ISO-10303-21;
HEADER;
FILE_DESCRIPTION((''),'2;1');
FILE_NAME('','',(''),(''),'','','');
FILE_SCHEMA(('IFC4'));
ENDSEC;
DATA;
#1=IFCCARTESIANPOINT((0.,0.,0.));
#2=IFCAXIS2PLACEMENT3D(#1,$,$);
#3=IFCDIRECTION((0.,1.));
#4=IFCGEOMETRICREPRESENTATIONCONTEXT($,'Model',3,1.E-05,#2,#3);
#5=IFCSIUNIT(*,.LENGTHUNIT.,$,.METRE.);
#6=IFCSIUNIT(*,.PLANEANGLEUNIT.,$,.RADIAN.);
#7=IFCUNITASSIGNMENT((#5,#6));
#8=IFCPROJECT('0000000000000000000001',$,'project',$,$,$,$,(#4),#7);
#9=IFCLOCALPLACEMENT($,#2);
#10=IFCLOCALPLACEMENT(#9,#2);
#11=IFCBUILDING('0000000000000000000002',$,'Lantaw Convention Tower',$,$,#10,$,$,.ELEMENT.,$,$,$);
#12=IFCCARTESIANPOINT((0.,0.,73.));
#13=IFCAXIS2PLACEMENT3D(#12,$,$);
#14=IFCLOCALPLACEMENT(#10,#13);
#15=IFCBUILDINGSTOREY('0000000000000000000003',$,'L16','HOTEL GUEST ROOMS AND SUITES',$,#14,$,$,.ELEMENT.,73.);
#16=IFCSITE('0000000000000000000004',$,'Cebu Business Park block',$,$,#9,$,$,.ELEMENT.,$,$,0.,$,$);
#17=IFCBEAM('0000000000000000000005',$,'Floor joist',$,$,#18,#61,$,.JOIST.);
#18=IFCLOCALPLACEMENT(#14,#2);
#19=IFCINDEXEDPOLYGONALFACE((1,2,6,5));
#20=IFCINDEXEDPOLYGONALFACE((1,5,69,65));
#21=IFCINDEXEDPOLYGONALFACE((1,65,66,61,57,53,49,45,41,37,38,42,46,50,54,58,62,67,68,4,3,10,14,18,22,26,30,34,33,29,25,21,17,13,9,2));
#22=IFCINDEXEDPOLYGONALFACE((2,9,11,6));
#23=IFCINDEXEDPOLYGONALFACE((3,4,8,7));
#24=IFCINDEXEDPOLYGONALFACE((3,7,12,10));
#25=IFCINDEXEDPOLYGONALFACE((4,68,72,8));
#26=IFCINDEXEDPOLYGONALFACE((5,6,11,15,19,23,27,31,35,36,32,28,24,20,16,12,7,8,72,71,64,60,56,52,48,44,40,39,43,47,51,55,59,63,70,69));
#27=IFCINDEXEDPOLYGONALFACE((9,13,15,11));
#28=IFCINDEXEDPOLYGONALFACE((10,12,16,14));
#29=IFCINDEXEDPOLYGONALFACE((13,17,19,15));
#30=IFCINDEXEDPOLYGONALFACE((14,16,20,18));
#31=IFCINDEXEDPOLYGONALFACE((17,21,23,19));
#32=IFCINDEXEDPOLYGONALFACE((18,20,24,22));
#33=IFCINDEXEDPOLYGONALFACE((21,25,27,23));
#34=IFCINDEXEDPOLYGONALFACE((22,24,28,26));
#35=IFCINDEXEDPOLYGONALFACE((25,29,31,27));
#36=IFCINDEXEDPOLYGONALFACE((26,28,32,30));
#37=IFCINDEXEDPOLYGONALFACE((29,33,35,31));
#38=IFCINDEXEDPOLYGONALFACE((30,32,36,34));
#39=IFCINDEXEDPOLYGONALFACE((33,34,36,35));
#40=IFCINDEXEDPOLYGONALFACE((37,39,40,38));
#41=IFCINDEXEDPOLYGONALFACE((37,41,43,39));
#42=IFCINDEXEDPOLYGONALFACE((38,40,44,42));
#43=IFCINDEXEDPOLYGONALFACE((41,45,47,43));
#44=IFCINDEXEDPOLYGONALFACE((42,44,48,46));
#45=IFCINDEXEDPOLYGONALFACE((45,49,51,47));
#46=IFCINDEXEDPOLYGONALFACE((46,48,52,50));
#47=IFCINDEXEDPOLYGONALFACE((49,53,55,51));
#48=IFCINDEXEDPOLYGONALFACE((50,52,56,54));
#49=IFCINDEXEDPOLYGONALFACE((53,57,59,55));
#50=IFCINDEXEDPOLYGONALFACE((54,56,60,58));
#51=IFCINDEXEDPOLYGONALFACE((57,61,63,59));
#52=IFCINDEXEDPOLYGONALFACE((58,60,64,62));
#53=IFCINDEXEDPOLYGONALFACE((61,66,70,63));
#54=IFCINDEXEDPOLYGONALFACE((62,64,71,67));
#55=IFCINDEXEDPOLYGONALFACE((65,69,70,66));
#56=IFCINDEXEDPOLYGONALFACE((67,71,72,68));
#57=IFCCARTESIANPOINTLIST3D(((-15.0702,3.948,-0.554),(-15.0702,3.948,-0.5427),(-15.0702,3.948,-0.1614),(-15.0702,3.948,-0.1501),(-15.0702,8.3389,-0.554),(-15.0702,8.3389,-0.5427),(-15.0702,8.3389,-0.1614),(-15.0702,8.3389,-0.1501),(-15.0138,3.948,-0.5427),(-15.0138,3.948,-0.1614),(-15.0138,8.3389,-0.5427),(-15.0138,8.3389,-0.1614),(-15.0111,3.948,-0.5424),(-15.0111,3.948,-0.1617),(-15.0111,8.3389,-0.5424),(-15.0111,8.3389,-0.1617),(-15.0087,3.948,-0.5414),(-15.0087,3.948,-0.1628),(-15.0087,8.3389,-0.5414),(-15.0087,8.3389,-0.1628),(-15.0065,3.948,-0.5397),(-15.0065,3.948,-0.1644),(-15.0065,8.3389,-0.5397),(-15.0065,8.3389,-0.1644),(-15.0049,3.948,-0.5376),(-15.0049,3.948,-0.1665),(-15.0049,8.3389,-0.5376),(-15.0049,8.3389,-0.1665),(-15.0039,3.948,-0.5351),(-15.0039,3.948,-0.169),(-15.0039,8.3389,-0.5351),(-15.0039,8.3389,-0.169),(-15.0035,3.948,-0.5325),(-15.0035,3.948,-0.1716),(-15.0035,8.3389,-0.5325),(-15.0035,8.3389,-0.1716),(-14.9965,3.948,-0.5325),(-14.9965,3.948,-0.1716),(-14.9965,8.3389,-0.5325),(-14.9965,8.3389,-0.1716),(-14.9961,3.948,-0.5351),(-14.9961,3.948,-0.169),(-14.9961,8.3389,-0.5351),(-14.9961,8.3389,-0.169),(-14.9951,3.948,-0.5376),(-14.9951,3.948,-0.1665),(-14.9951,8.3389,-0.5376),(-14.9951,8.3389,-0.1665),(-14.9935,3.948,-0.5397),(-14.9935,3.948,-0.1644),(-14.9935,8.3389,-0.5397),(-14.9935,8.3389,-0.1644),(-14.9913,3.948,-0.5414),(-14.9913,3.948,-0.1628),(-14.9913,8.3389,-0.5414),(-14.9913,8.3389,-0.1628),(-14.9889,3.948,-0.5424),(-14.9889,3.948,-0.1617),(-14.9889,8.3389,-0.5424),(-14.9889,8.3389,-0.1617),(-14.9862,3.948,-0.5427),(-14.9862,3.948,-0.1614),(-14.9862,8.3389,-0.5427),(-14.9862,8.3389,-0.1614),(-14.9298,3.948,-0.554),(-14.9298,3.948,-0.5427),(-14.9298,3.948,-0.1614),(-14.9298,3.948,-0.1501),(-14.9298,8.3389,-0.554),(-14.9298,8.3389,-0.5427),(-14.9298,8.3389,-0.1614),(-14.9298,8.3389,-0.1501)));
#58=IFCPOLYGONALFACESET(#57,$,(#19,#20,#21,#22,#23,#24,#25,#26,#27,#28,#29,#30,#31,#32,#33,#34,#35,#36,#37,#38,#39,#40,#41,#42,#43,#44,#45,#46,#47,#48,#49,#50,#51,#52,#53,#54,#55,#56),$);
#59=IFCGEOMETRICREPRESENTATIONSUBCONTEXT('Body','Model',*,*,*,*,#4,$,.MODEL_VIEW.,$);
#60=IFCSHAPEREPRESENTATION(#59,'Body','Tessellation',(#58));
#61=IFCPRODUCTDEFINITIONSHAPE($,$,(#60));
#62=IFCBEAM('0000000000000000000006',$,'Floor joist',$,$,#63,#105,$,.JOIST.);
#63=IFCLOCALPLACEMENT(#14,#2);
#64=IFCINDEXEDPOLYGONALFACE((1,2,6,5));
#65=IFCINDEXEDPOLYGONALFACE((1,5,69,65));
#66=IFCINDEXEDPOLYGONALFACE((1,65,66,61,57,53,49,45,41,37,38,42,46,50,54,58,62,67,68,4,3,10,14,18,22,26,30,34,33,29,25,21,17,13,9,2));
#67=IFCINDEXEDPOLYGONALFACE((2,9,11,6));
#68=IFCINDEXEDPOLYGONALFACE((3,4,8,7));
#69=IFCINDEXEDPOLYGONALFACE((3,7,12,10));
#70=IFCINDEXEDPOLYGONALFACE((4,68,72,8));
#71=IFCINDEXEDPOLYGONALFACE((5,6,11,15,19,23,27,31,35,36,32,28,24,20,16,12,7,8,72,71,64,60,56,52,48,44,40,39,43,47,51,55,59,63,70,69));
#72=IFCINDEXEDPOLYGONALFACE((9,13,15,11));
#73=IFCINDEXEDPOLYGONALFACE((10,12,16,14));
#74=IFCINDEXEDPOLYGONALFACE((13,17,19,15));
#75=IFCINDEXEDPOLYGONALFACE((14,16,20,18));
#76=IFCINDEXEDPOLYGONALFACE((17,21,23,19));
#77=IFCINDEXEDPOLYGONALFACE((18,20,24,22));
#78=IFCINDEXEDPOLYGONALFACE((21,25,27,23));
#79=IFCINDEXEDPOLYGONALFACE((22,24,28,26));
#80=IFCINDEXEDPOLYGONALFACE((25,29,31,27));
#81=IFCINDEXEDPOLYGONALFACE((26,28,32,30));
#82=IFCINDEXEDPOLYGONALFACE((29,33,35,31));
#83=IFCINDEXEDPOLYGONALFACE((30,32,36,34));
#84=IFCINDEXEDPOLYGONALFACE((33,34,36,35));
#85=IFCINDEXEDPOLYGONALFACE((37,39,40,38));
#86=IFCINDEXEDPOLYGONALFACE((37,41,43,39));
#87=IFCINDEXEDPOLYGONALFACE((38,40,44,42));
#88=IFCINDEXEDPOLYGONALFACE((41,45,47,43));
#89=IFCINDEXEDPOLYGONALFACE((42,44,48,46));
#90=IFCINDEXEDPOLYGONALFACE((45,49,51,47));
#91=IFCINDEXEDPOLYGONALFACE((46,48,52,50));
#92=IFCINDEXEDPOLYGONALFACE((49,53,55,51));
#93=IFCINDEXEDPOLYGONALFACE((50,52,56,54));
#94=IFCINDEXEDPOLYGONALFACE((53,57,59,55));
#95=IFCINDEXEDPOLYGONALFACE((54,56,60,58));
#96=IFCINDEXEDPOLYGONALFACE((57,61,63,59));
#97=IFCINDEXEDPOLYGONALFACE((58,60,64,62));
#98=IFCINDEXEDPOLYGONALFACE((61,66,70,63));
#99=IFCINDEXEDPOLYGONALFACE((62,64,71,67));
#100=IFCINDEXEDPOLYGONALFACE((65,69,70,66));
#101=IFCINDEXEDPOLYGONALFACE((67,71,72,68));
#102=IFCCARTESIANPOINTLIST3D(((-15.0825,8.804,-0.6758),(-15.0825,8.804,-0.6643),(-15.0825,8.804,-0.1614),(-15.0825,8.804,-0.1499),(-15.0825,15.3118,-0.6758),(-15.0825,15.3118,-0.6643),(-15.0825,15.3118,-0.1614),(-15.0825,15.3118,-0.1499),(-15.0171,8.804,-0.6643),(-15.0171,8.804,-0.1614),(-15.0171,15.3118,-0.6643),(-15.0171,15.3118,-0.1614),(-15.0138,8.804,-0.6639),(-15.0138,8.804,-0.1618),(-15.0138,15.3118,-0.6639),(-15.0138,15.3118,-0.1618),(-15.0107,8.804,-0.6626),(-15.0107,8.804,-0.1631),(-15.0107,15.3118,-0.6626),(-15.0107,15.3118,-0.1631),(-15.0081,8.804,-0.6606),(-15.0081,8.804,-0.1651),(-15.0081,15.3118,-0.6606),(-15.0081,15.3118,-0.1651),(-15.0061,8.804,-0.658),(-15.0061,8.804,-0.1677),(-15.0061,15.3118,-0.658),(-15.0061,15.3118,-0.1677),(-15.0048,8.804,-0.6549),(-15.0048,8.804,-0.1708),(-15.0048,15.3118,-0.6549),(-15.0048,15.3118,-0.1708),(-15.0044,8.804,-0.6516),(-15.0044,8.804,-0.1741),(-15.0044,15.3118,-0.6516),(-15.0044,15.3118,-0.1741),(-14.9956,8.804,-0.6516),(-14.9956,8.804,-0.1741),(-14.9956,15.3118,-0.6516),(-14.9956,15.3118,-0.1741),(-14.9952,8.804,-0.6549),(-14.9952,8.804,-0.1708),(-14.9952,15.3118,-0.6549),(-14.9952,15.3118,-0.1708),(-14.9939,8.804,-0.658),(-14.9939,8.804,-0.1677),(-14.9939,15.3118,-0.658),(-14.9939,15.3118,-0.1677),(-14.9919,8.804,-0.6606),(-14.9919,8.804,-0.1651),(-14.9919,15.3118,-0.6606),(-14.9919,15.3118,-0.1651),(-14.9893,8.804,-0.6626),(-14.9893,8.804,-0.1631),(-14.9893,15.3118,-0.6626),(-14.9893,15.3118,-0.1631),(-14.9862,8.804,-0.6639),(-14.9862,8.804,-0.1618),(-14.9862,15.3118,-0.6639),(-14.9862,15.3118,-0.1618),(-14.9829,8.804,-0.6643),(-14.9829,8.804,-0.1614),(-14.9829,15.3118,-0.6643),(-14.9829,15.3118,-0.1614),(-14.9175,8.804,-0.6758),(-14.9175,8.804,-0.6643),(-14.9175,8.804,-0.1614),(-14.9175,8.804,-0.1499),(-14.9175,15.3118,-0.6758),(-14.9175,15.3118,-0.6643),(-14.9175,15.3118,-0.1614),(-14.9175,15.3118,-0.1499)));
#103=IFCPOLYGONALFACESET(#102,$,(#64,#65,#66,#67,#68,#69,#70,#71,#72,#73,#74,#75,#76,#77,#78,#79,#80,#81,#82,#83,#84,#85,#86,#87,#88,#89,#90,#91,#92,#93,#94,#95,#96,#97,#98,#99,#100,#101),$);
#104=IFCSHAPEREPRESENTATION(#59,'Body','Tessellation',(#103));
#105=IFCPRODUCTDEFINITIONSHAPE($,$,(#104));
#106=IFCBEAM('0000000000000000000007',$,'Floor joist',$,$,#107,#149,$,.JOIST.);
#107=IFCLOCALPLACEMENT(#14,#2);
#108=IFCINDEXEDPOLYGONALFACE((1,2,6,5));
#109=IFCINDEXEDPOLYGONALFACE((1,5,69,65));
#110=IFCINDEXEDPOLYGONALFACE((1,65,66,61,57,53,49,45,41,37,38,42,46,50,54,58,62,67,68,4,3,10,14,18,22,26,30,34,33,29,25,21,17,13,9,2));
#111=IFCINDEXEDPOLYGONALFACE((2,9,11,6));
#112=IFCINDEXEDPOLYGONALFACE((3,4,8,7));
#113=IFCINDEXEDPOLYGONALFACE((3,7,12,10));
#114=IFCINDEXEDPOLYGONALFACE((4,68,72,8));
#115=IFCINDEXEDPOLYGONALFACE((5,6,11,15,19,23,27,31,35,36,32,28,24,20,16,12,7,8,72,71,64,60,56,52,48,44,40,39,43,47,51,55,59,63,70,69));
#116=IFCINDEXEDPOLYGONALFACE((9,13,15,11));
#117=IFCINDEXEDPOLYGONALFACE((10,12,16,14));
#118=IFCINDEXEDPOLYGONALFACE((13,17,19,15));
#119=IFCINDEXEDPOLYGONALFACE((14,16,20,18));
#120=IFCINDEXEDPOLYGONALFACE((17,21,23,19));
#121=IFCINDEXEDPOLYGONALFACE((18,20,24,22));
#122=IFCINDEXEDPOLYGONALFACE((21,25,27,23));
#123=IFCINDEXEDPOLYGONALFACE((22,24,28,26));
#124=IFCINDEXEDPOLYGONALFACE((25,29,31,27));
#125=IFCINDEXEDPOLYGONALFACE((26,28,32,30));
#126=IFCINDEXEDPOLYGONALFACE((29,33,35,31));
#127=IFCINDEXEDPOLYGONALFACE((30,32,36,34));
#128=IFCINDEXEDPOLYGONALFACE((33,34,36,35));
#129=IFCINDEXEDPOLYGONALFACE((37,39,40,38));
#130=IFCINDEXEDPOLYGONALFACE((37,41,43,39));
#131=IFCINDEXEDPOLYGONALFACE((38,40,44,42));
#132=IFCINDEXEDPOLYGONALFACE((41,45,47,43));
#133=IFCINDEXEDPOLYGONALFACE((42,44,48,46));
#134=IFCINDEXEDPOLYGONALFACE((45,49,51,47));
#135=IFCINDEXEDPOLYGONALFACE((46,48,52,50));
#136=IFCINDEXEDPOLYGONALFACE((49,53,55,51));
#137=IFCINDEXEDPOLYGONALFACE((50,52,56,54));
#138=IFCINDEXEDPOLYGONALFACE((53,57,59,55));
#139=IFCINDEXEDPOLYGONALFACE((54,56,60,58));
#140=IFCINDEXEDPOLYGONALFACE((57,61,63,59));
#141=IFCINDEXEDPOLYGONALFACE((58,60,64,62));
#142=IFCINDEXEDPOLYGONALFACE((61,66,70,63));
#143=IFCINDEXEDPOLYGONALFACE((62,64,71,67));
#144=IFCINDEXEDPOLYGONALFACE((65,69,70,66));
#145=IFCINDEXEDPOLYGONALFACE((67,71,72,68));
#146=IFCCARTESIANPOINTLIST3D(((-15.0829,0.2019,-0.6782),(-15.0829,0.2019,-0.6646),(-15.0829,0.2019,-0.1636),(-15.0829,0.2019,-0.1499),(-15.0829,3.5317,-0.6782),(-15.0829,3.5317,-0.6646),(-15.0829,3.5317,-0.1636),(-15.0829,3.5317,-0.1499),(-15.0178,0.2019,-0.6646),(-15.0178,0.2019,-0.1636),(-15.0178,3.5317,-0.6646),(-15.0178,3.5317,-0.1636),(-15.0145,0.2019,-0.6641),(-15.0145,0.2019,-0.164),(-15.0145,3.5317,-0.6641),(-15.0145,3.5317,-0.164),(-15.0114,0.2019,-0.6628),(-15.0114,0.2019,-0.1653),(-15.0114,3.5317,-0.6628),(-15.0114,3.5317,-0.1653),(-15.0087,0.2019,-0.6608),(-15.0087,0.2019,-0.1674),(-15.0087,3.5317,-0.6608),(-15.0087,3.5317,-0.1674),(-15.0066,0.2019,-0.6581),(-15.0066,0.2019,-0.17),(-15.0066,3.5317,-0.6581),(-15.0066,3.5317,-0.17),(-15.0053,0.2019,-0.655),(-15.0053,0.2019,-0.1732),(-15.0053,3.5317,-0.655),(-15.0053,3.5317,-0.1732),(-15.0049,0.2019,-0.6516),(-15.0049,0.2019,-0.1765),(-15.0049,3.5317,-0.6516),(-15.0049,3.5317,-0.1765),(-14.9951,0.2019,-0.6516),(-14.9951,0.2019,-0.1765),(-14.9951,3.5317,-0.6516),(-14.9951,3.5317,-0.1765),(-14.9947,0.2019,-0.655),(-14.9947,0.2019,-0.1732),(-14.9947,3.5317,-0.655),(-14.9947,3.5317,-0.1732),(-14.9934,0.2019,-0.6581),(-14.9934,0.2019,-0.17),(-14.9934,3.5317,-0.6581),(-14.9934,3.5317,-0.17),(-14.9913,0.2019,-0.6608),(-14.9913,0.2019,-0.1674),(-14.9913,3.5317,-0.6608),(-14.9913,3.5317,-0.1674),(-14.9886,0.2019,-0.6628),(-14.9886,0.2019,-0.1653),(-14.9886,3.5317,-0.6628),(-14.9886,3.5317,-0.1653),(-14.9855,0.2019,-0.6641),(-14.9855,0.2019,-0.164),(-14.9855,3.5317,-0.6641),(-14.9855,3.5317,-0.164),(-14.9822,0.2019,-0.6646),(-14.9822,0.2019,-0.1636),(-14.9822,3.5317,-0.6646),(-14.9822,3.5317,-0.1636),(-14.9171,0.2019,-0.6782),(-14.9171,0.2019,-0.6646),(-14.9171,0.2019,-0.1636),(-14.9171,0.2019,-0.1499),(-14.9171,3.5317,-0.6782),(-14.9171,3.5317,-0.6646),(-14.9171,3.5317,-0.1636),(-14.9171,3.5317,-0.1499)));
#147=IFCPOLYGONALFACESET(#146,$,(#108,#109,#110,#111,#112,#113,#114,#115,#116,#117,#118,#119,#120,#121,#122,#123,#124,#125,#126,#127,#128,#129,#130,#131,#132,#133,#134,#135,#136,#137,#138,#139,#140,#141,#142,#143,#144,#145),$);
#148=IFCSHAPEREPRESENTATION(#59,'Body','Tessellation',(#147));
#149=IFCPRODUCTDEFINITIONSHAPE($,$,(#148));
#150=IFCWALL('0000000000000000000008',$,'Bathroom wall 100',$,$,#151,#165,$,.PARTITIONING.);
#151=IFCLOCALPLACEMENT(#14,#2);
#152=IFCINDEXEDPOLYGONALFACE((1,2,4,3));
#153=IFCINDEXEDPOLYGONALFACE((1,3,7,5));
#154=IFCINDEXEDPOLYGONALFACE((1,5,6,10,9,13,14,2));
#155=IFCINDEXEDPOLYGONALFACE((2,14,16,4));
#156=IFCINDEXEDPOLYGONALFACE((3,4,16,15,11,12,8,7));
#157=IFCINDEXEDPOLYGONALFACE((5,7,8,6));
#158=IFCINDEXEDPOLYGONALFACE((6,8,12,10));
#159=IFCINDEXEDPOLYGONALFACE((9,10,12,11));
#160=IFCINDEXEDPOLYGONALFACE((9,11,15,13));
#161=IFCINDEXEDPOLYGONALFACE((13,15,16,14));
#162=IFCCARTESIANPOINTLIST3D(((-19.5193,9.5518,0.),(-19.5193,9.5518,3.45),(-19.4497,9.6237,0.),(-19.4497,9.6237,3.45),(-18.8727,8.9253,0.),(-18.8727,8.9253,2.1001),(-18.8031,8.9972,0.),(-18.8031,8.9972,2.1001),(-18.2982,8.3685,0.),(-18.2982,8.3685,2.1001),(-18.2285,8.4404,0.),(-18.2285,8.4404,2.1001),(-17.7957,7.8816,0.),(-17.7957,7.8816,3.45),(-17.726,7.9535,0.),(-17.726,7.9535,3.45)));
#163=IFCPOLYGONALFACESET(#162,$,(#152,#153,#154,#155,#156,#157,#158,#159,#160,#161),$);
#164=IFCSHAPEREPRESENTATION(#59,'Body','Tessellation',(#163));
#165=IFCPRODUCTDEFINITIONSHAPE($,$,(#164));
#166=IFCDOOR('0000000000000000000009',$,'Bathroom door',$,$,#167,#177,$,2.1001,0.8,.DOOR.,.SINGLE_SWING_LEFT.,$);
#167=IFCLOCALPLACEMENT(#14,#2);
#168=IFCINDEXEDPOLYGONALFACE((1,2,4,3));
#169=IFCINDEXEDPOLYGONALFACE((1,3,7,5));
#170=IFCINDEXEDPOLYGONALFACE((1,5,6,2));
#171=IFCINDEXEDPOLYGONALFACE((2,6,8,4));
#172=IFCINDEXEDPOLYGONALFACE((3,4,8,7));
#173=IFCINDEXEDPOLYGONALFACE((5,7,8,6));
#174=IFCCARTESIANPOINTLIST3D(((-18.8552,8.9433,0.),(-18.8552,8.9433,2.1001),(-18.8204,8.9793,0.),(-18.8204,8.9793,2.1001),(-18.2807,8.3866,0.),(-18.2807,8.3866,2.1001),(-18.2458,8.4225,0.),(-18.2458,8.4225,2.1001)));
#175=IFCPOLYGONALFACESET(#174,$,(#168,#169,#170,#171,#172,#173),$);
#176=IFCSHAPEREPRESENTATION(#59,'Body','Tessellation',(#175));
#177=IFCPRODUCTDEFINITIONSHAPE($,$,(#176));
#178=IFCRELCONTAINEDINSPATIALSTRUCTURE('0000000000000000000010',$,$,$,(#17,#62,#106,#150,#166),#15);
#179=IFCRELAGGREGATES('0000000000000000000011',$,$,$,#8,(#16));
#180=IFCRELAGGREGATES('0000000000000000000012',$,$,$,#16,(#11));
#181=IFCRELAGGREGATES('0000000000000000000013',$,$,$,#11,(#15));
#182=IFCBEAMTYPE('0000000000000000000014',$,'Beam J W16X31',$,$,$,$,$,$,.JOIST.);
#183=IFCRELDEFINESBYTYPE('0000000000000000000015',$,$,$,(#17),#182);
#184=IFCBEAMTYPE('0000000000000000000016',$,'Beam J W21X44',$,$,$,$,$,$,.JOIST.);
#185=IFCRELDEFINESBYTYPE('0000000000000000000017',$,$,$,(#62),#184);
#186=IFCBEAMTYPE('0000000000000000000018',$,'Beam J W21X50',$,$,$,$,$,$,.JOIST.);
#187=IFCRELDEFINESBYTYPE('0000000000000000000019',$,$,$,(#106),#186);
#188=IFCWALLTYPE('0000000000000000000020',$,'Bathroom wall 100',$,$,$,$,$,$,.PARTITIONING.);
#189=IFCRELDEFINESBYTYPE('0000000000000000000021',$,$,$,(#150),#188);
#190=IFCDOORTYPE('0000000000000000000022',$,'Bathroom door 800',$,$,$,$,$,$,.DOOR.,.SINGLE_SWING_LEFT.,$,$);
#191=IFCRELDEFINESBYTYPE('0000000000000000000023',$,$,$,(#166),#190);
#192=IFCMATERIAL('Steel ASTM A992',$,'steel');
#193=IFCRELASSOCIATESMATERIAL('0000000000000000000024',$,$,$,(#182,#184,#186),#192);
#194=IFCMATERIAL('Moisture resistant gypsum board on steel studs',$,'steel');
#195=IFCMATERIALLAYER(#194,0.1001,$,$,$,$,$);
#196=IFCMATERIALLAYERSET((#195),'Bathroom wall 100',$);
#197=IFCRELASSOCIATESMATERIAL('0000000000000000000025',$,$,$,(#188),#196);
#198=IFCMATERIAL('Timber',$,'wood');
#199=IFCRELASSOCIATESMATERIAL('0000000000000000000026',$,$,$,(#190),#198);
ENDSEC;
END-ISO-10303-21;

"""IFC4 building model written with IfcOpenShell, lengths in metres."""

from ifc_helpers import new_model, si_unit, direction, frame, frame_2d, origin, origin_2d, place, context, subcontext, project, spatial, rectangle, i_section, extrude, material, layer, layer_set, material_profile, profile_set, type_object, element, fill, save


model = new_model("IFC4")

# Units and contexts
model_context = context("Model", 3, precision=1e-05, world=origin(), true_north=direction((0.0, 1.0)))
body_context = subcontext(model_context, "Body", "Model", "MODEL_VIEW")
ifc_project = project(units=[si_unit("LENGTHUNIT", "METRE"), si_unit("PLANEANGLEUNIT", "RADIAN")], contexts=[model_context])

# Site, building, storey
site_placement = place(None, origin())
site = spatial("IfcSite", under=ifc_project, at=site_placement, Name="Cebu Business Park block", CompositionType="ELEMENT", RefElevation=0.0)
building_placement = place(site_placement, origin())
building = spatial("IfcBuilding", under=site, at=building_placement, Name="Lantaw Convention Tower", CompositionType="ELEMENT")
storey_placement = place(building_placement, frame((0.0, 0.0, 73.0)))
storey = spatial("IfcBuildingStorey", under=building, at=storey_placement, Name="L16", Description="HOTEL GUEST ROOMS AND SUITES", CompositionType="ELEMENT", Elevation=73.0)

# Beams
ifc_material_1 = material(Name="Steel ASTM A992", Category="steel")
ifc_material_profile_1 = material_profile(ifc_material_1, i_section(OverallWidth=0.1404, OverallDepth=0.4038, WebThickness=0.0071, FlangeThickness=0.0112, FilletRadius=0.0103, at=origin_2d()), Name="W16X31")
ifc_profile_set_1 = profile_set([ifc_material_profile_1], Name="Steel ASTM A992")
beam_type_1 = type_object("IfcBeamType", Name="Beam J W16X31", PredefinedType="JOIST", material=ifc_profile_set_1)
beam_1_placement = place(storey_placement, frame((-15.0, 3.948, -0.3521), z_axis=(0.0, 1.0, 0.0), x_axis=(-1.0, 0.0, 0.0)))
element("IfcBeam", 1, at=beam_1_placement, inside=storey, type_object=beam_type_1, Name="Floor joist", PredefinedType="JOIST", context=body_context, shape_type="SweptSolid", body=[
    extrude(i_section(OverallWidth=0.1404, OverallDepth=0.4038, WebThickness=0.0071, FlangeThickness=0.0112, FilletRadius=0.0103, at=origin_2d()), origin(), (0.0, 0.0, 1.0), 4.3909),
])
ifc_material_profile_2 = material_profile(ifc_material_1, i_section(OverallWidth=0.165, OverallDepth=0.5259, WebThickness=0.0088, FlangeThickness=0.0115, FilletRadius=0.0127, at=origin_2d()), Name="W21X44")
ifc_profile_set_2 = profile_set([ifc_material_profile_2], Name="Steel ASTM A992")
beam_type_2 = type_object("IfcBeamType", Name="Beam J W21X44", PredefinedType="JOIST", material=ifc_profile_set_2)
beam_2_placement = place(storey_placement, frame((-15.0, 8.804, -0.4128), z_axis=(0.0, 1.0, 0.0), x_axis=(-1.0, 0.0, 0.0)))
element("IfcBeam", 2, at=beam_2_placement, inside=storey, type_object=beam_type_2, Name="Floor joist", PredefinedType="JOIST", context=body_context, shape_type="SweptSolid", body=[
    extrude(i_section(OverallWidth=0.165, OverallDepth=0.5259, WebThickness=0.0088, FlangeThickness=0.0115, FilletRadius=0.0127, at=origin_2d()), origin(), (0.0, 0.0, 1.0), 6.5078),
])
ifc_material_profile_3 = material_profile(ifc_material_1, i_section(OverallWidth=0.1658, OverallDepth=0.5283, WebThickness=0.0098, FlangeThickness=0.0137, FilletRadius=0.0129, at=origin_2d()), Name="W21X50")
ifc_profile_set_3 = profile_set([ifc_material_profile_3], Name="Steel ASTM A992")
beam_type_3 = type_object("IfcBeamType", Name="Beam J W21X50", PredefinedType="JOIST", material=ifc_profile_set_3)
beam_3_placement = place(storey_placement, frame((-15.0, 0.2019, -0.4141), z_axis=(0.0, 1.0, 0.0), x_axis=(-1.0, 0.0, 0.0)))
element("IfcBeam", 3, at=beam_3_placement, inside=storey, type_object=beam_type_3, Name="Floor joist", PredefinedType="JOIST", context=body_context, shape_type="SweptSolid", body=[
    extrude(i_section(OverallWidth=0.1658, OverallDepth=0.5283, WebThickness=0.0098, FlangeThickness=0.0137, FilletRadius=0.0129, at=origin_2d()), origin(), (0.0, 0.0, 1.0), 3.3298),
])

# Wall, opening, door
ifc_material_2 = material(Name="Moisture resistant gypsum board on steel studs", Category="steel")
ifc_layer_1 = layer(ifc_material_2, 0.1001)
ifc_layer_set_1 = layer_set([ifc_layer_1], Name="Bathroom wall 100")
wall_type_1 = type_object("IfcWallType", Name="Bathroom wall 100", PredefinedType="PARTITIONING", material=ifc_layer_set_1)
wall_1_placement = place(storey_placement, frame((-17.7607, 7.9175, 0.0), z_axis=(0.0, 0.0, 1.0), x_axis=(-0.718158, 0.69588, 0.0)))
wall_1 = element("IfcWall", 4, at=wall_1_placement, inside=storey, type_object=wall_type_1, Name="Bathroom wall 100", PredefinedType="PARTITIONING", context=body_context, shape_type="SweptSolid", body=[
    extrude(rectangle(XDim=2.4001, YDim=0.1001, at=frame_2d((1.2002, 0.0))), origin(), (0.0, 0.0, 1.0), 3.45),
])
opening_1_placement = place(wall_1_placement, frame((0.7, 0.0, 0.0)))
opening_1 = element("IfcOpeningElement", 5, at=opening_1_placement, cuts=wall_1, PredefinedType="OPENING", context=body_context, shape_type="SweptSolid", body=[
    extrude(rectangle(XDim=0.8, YDim=2.1001, at=frame_2d((0.3999, 1.05))), frame((0.0, 0.0601, 0.0), z_axis=(0.0, -1.0, 0.0), x_axis=(1.0, 0.0, 0.0)), (0.0, 0.0, 1.0), 0.1201),
])
ifc_material_3 = material(Name="Timber", Category="wood")
door_type_1 = type_object("IfcDoorType", Name="Bathroom door 800", OperationType="SINGLE_SWING_LEFT", PredefinedType="DOOR", material=ifc_material_3)
door_1_placement = place(opening_1_placement, origin())
door_1 = element("IfcDoor", 6, at=door_1_placement, inside=storey, type_object=door_type_1, Name="Bathroom door", OperationType="SINGLE_SWING_LEFT", OverallHeight=2.1001, OverallWidth=0.8, PredefinedType="DOOR", context=body_context, shape_type="SweptSolid", body=[
    extrude(rectangle(XDim=0.8, YDim=2.1001, at=frame_2d((0.3999, 1.05))), frame((0.0, 0.0249, 0.0), z_axis=(0.0, -1.0, 0.0), x_axis=(1.0, 0.0, 0.0)), (0.0, 0.0, 1.0), 0.05),
])
fill(opening_1, door_1)

save(model, "model.ifc")
